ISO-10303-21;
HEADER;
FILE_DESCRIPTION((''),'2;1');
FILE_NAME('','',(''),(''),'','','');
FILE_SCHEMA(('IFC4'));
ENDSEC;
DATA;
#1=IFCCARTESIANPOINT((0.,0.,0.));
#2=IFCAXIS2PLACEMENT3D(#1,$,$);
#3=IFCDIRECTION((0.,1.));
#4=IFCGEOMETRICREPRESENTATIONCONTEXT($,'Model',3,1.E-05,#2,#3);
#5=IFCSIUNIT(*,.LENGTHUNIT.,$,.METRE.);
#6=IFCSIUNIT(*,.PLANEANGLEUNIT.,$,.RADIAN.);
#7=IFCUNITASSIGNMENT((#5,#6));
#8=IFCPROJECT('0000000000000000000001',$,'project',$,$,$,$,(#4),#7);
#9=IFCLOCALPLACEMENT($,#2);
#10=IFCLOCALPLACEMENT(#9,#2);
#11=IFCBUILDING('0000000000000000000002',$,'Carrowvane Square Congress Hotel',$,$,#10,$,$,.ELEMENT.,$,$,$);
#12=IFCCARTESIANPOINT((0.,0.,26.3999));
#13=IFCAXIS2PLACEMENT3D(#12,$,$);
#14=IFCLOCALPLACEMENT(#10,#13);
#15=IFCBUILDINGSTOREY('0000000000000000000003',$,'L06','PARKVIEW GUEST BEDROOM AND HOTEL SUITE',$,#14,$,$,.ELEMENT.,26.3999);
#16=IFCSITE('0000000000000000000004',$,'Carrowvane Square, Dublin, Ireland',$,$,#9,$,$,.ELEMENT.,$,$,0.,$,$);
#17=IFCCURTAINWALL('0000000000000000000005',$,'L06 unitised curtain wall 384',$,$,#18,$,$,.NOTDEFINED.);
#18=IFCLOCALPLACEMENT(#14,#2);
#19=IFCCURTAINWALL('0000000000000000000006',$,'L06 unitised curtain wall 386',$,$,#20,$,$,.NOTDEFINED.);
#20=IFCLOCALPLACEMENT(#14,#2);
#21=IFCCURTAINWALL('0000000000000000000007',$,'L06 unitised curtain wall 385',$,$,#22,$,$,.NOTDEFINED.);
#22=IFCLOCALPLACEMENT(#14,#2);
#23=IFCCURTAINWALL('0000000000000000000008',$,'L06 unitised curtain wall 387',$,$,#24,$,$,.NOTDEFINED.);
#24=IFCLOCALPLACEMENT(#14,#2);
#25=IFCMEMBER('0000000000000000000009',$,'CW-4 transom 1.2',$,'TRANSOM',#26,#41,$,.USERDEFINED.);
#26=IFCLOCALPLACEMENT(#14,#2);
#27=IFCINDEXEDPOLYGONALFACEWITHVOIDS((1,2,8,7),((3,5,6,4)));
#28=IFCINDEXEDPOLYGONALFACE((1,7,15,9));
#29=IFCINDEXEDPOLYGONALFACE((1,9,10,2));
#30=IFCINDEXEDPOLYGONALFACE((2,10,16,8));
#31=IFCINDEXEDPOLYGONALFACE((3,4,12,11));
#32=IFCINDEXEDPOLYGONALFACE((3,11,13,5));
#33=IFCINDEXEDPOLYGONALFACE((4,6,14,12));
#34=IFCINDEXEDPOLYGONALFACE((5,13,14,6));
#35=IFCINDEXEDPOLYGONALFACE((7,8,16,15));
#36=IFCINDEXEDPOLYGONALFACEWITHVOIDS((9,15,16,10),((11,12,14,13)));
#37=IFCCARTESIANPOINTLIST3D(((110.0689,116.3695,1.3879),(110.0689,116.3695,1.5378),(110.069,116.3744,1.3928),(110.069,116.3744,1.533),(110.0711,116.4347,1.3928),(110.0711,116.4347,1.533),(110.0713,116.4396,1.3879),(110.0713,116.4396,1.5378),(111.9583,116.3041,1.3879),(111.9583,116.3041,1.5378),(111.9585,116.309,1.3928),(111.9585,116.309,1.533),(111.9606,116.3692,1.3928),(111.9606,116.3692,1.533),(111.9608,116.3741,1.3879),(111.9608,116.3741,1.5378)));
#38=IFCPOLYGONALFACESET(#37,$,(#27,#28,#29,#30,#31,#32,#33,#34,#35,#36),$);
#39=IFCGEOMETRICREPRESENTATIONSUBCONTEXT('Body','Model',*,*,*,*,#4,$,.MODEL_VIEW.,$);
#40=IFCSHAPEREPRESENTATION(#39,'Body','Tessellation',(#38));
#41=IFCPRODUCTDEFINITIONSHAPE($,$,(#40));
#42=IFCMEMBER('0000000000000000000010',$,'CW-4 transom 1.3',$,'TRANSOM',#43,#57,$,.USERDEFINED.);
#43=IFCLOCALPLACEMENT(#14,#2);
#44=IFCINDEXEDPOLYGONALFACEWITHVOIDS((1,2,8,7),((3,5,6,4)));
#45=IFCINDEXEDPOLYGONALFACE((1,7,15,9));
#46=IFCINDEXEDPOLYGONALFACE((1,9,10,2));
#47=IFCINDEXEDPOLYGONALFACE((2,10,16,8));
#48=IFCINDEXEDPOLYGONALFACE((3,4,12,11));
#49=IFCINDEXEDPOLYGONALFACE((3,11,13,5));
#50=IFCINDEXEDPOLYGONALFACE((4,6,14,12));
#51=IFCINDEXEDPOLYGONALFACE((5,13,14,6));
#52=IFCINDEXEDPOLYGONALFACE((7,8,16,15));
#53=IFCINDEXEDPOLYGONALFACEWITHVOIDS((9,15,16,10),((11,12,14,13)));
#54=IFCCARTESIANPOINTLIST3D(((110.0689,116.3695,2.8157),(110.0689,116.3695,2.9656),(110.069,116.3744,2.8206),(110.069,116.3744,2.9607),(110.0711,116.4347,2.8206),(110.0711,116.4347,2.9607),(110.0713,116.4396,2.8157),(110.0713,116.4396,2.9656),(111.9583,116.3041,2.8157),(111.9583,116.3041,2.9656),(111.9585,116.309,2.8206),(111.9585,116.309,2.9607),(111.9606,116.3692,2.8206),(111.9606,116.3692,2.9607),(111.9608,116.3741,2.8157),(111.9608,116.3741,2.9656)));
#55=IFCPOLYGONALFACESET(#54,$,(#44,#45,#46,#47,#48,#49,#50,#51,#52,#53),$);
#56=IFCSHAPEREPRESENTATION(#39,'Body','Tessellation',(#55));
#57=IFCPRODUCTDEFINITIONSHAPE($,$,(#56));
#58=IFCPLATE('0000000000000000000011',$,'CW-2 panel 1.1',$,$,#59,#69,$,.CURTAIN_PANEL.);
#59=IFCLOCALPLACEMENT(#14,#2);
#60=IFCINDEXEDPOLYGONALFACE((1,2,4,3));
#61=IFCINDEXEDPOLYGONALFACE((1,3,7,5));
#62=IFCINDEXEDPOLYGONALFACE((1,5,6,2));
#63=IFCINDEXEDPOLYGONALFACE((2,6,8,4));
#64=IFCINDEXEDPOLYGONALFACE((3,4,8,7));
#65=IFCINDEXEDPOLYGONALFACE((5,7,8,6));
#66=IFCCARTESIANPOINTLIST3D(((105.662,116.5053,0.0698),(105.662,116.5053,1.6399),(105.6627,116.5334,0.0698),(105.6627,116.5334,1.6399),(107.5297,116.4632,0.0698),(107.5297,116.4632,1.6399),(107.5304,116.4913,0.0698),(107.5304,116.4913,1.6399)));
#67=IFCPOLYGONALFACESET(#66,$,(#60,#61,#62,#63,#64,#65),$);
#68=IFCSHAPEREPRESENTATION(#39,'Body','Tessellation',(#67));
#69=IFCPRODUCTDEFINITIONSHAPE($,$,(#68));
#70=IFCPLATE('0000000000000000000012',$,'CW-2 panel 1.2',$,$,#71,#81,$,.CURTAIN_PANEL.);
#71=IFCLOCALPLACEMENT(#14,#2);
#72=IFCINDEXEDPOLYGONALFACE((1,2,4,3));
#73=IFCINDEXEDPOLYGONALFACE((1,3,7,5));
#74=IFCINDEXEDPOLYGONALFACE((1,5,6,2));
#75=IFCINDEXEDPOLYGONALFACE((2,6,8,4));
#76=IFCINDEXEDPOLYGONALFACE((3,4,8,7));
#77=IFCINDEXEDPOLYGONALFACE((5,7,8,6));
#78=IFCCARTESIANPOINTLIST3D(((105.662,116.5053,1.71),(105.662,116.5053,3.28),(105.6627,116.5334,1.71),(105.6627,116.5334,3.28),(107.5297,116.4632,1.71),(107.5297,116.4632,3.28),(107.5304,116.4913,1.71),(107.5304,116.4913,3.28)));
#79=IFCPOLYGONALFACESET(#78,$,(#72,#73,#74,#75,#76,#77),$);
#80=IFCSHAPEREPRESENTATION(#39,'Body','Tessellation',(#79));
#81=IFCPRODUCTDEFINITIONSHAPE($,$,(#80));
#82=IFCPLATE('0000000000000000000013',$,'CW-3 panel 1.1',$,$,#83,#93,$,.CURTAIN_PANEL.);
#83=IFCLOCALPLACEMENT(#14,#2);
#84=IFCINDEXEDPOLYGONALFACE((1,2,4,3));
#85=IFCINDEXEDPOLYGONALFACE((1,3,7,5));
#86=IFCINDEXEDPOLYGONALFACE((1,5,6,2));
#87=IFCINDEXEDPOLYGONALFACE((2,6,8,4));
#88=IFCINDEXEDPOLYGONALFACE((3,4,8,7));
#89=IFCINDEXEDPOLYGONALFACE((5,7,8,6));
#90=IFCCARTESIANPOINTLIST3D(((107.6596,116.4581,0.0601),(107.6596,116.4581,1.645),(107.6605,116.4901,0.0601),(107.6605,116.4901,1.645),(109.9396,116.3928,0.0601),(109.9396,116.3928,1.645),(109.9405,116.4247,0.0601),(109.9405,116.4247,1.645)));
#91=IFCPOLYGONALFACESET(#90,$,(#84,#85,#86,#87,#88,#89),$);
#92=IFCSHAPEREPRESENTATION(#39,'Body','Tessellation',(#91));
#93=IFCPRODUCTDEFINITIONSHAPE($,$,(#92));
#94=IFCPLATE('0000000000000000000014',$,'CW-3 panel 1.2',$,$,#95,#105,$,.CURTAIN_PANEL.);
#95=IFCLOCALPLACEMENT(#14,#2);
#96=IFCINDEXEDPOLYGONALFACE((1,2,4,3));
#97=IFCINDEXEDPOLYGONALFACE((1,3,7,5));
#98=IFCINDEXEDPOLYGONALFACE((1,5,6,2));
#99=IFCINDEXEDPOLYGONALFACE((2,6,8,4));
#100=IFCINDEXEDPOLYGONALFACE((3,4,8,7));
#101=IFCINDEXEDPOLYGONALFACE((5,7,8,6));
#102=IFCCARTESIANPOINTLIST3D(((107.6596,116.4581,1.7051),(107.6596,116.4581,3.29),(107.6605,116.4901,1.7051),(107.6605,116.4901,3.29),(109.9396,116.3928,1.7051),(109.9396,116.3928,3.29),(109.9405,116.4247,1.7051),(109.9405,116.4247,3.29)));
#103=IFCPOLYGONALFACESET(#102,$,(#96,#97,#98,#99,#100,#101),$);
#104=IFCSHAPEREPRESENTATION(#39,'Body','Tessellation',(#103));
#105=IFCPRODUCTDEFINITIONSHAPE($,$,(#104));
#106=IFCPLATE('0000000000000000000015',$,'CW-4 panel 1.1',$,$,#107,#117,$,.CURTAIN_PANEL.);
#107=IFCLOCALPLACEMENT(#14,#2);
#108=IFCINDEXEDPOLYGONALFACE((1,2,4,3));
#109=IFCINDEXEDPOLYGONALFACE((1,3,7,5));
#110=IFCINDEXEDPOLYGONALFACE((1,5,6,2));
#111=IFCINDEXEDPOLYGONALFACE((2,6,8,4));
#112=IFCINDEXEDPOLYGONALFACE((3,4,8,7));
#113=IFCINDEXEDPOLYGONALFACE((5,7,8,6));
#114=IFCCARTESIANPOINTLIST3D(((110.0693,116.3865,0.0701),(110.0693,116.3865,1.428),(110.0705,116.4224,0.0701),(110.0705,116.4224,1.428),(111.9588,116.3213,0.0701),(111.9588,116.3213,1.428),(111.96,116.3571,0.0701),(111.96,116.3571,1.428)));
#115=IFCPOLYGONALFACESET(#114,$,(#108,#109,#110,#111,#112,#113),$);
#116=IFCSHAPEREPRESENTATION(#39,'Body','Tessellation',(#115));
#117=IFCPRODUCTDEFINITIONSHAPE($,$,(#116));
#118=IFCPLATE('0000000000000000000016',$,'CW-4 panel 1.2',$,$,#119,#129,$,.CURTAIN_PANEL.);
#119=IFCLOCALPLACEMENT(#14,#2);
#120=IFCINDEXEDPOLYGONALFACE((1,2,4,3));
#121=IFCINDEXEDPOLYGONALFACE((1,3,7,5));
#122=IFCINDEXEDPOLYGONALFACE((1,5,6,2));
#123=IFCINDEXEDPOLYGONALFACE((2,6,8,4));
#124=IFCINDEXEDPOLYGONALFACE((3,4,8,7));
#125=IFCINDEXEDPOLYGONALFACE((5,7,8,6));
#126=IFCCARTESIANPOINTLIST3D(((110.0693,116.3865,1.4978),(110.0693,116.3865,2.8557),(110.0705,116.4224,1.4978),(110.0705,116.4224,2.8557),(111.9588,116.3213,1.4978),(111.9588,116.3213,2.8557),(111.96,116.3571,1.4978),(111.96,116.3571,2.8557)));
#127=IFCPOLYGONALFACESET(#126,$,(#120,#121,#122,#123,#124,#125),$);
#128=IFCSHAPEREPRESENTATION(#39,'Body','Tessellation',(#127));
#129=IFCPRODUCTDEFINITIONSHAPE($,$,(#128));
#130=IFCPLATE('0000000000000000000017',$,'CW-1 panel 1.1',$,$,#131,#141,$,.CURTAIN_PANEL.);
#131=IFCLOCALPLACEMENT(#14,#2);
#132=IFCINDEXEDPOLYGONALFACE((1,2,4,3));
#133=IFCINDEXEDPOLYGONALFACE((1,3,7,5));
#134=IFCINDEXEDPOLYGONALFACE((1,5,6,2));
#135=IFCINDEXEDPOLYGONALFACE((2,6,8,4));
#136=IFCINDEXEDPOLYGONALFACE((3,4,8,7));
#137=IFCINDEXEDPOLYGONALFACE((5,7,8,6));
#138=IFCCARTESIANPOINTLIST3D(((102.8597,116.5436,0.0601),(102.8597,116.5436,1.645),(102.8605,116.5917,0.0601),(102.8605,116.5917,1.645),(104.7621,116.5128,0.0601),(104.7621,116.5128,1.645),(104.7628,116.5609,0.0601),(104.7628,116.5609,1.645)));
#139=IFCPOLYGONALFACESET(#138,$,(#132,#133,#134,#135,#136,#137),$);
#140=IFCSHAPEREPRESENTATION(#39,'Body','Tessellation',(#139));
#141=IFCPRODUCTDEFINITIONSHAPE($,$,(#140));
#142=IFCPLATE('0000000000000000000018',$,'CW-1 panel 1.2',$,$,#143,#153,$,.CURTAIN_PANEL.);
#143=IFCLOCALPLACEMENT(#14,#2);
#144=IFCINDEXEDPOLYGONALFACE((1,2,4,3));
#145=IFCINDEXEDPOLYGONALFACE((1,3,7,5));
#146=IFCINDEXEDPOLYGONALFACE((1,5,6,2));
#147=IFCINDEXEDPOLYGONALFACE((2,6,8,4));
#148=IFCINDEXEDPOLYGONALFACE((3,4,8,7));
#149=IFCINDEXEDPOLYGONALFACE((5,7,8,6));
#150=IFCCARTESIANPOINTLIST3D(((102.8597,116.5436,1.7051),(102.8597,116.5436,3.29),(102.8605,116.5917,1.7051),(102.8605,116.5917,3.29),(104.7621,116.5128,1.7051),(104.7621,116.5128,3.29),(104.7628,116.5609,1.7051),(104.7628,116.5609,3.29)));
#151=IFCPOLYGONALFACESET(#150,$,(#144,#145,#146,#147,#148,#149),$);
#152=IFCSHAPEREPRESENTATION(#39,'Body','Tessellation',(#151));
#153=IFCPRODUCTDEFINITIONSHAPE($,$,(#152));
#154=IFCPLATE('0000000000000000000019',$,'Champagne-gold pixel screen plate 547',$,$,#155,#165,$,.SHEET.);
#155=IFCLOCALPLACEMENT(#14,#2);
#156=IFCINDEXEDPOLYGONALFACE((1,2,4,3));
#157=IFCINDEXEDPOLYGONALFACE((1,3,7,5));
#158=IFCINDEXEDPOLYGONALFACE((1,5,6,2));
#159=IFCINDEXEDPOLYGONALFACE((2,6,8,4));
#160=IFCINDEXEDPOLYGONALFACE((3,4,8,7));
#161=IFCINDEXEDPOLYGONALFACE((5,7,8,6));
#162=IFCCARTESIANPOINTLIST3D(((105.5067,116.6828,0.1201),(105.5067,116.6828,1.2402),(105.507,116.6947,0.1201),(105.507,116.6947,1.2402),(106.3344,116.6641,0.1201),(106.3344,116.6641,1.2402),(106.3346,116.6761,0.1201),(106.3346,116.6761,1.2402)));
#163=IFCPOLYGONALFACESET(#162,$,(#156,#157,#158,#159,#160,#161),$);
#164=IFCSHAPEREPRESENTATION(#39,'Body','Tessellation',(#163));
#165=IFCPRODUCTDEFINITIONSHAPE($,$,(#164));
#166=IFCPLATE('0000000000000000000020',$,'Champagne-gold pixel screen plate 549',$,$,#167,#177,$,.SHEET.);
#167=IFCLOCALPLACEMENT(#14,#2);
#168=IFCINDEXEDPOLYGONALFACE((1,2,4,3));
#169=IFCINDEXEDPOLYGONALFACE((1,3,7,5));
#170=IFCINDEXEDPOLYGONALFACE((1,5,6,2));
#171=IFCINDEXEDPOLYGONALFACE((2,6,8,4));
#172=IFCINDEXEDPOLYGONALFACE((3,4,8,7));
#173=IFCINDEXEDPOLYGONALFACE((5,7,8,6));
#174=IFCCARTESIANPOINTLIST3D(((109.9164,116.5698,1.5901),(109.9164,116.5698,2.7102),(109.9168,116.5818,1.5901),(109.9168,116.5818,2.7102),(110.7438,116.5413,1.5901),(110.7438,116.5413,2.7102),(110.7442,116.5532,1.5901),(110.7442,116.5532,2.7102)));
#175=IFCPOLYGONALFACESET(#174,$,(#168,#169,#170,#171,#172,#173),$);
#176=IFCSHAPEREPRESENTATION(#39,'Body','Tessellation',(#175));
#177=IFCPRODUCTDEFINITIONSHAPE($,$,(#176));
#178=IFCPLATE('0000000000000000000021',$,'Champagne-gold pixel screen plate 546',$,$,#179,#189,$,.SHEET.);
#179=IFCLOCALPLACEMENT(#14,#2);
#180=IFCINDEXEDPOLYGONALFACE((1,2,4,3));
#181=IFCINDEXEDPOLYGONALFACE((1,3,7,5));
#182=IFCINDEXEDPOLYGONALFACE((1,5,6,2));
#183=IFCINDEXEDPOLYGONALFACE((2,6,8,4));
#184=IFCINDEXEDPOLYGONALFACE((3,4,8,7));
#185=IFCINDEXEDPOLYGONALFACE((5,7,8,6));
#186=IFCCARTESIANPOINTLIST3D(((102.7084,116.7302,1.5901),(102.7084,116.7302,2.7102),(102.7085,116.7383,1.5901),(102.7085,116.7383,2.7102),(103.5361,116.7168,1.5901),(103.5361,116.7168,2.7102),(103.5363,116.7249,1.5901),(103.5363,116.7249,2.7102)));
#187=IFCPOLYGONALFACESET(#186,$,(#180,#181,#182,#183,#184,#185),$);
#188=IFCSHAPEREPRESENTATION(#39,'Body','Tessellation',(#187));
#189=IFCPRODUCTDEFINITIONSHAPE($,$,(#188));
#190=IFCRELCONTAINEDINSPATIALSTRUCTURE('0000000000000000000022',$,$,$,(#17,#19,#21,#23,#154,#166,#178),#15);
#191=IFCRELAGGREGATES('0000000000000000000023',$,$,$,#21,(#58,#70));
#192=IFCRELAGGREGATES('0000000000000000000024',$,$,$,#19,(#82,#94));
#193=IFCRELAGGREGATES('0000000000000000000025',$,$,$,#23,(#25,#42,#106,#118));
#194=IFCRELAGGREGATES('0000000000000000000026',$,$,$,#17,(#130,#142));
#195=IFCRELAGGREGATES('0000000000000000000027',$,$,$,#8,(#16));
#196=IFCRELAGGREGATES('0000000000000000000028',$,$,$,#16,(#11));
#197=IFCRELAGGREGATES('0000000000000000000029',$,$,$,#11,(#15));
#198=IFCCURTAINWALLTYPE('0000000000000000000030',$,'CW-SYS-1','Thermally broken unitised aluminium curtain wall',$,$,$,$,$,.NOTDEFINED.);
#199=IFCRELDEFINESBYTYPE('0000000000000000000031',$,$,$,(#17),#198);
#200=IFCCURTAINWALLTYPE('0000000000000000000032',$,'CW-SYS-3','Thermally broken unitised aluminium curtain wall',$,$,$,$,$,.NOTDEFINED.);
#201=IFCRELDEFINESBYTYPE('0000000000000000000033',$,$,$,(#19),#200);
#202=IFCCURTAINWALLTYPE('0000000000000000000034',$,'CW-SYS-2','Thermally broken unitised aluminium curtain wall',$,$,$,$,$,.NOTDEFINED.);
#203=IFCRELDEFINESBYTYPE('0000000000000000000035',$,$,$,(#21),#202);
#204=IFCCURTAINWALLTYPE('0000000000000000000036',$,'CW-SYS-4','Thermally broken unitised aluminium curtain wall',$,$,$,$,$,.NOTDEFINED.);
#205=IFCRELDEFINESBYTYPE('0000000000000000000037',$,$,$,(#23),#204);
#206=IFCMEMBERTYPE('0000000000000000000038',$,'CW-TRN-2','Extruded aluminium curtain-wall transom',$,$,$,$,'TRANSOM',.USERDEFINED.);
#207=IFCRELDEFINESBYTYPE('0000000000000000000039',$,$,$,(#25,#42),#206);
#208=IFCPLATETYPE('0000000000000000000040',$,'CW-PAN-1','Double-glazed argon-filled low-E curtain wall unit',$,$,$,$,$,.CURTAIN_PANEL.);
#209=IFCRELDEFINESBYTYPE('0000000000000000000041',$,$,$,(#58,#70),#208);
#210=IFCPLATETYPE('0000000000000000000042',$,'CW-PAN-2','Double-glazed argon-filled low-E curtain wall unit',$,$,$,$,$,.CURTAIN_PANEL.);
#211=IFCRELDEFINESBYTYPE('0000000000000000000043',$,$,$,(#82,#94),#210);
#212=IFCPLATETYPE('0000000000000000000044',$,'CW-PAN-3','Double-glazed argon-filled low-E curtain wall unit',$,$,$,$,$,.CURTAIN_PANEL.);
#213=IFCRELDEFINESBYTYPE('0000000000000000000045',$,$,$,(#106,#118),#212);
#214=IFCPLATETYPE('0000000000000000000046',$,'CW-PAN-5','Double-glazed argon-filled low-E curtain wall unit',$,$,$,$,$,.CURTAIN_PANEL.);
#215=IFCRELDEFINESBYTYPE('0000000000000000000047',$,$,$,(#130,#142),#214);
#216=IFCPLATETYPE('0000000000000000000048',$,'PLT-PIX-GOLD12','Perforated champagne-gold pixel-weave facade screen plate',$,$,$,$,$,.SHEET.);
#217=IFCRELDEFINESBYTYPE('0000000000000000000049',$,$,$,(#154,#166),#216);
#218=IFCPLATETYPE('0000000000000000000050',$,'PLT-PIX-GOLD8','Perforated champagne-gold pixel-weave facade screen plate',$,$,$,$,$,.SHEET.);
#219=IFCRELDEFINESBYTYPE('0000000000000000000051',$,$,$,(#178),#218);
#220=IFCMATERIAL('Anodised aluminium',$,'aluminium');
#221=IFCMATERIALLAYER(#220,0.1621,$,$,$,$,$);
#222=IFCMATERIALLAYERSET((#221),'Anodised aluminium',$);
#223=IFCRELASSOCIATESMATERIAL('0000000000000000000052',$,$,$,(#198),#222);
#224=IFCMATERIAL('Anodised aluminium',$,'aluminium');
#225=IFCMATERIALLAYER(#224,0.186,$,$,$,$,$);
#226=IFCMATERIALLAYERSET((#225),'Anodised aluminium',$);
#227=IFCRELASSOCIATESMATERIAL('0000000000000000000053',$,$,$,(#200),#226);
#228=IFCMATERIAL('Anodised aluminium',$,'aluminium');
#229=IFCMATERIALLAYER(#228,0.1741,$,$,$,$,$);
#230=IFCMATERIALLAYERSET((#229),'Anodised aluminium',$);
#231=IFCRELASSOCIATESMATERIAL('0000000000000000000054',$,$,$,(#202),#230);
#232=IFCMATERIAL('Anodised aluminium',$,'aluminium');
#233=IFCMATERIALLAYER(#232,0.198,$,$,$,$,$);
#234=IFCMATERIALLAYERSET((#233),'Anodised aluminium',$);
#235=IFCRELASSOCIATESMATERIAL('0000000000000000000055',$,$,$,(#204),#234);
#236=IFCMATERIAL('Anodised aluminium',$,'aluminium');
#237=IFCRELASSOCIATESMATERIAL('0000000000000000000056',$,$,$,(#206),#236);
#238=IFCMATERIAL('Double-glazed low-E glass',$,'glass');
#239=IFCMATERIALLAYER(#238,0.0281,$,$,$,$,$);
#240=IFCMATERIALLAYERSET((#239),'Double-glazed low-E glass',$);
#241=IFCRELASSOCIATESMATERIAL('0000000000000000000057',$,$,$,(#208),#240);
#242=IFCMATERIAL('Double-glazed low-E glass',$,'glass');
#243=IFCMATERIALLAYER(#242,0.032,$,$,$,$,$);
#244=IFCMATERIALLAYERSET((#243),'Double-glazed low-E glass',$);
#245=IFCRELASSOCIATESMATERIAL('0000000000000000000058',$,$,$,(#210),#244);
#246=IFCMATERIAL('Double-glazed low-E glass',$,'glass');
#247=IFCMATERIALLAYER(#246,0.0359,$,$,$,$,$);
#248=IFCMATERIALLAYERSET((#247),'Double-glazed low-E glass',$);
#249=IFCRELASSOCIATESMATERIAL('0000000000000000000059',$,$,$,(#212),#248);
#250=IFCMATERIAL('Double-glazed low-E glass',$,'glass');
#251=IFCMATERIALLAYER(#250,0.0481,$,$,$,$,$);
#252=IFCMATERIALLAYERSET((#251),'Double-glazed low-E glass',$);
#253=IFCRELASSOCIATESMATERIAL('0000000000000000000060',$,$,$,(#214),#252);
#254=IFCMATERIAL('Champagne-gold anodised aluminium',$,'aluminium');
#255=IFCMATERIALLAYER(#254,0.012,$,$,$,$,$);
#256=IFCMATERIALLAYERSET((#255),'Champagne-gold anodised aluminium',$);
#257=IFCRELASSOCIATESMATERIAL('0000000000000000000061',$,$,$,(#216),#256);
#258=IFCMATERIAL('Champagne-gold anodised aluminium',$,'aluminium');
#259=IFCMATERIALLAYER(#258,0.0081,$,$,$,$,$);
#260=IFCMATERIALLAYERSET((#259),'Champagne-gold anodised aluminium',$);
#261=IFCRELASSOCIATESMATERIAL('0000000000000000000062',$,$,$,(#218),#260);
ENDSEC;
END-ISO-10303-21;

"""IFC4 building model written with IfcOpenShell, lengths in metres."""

from ifc_helpers import new_model, si_unit, direction, frame, origin, origin_2d, place, context, subcontext, project, spatial, rectangle, hollow_rectangle, extrude, material, layer, layer_set, material_profile, profile_set, type_object, element, aggregate, save


model = new_model("IFC4")

# Units and contexts
model_context = context("Model", 3, precision=1e-05, world=origin(), true_north=direction((0.0, 1.0)))
body_context = subcontext(model_context, "Body", "Model", "MODEL_VIEW")
ifc_project = project(units=[si_unit("LENGTHUNIT", "METRE"), si_unit("PLANEANGLEUNIT", "RADIAN")], contexts=[model_context])

# Site, building, storey
site_placement = place(None, origin())
site = spatial("IfcSite", under=ifc_project, at=site_placement, Name="Carrowvane Square, Dublin, Ireland", CompositionType="ELEMENT", RefElevation=0.0)
building_placement = place(site_placement, origin())
building = spatial("IfcBuilding", under=site, at=building_placement, Name="Carrowvane Square Congress Hotel", CompositionType="ELEMENT")
storey_placement = place(building_placement, frame((0.0, 0.0, 26.3999)))
storey = spatial("IfcBuildingStorey", under=building, at=storey_placement, Name="L06", Description="PARKVIEW GUEST BEDROOM AND HOTEL SUITE", CompositionType="ELEMENT", Elevation=26.3999)

# Curtain wall
ifc_material_1 = material(Name="Anodised aluminium", Category="aluminium")
ifc_layer_1 = layer(ifc_material_1, 0.1621)
ifc_layer_set_1 = layer_set([ifc_layer_1], Name="Anodised aluminium")
curtain_wall_type_1 = type_object("IfcCurtainWallType", Name="CW-SYS-1", Description="Thermally broken unitised aluminium curtain wall", PredefinedType="NOTDEFINED", material=ifc_layer_set_1)
curtain_wall_1_placement = place(storey_placement, origin())
curtain_wall_1 = element("IfcCurtainWall", 1, at=curtain_wall_1_placement, inside=storey, type_object=curtain_wall_type_1, Name="L06 unitised curtain wall 384", PredefinedType="NOTDEFINED")

# Curtain walls
ifc_material_2 = material(Name="Anodised aluminium", Category="aluminium")
ifc_layer_2 = layer(ifc_material_2, 0.186)
ifc_layer_set_2 = layer_set([ifc_layer_2], Name="Anodised aluminium")
curtain_wall_type_2 = type_object("IfcCurtainWallType", Name="CW-SYS-3", Description="Thermally broken unitised aluminium curtain wall", PredefinedType="NOTDEFINED", material=ifc_layer_set_2)
curtain_wall_2_placement = place(storey_placement, origin())
curtain_wall_2 = element("IfcCurtainWall", 2, at=curtain_wall_2_placement, inside=storey, type_object=curtain_wall_type_2, Name="L06 unitised curtain wall 386", PredefinedType="NOTDEFINED")
ifc_material_3 = material(Name="Anodised aluminium", Category="aluminium")
ifc_layer_3 = layer(ifc_material_3, 0.1741)
ifc_layer_set_3 = layer_set([ifc_layer_3], Name="Anodised aluminium")
curtain_wall_type_3 = type_object("IfcCurtainWallType", Name="CW-SYS-2", Description="Thermally broken unitised aluminium curtain wall", PredefinedType="NOTDEFINED", material=ifc_layer_set_3)
curtain_wall_3_placement = place(storey_placement, origin())
curtain_wall_3 = element("IfcCurtainWall", 3, at=curtain_wall_3_placement, inside=storey, type_object=curtain_wall_type_3, Name="L06 unitised curtain wall 385", PredefinedType="NOTDEFINED")
ifc_material_4 = material(Name="Anodised aluminium", Category="aluminium")
ifc_layer_4 = layer(ifc_material_4, 0.198)
ifc_layer_set_4 = layer_set([ifc_layer_4], Name="Anodised aluminium")
curtain_wall_type_4 = type_object("IfcCurtainWallType", Name="CW-SYS-4", Description="Thermally broken unitised aluminium curtain wall", PredefinedType="NOTDEFINED", material=ifc_layer_set_4)
curtain_wall_4_placement = place(storey_placement, origin())
curtain_wall_4 = element("IfcCurtainWall", 4, at=curtain_wall_4_placement, inside=storey, type_object=curtain_wall_type_4, Name="L06 unitised curtain wall 387", PredefinedType="NOTDEFINED")

# Members
ifc_material_5 = material(Name="Anodised aluminium", Category="aluminium")
ifc_material_profile_1 = material_profile(ifc_material_5, hollow_rectangle(XDim=0.0701, YDim=0.1499, WallThickness=0.0049, at=origin_2d()), Name="CW-TR 70x150x5")
ifc_profile_set_1 = profile_set([ifc_material_profile_1], Name="Anodised aluminium")
member_type_1 = type_object("IfcMemberType", Name="CW-TRN-2", Description="Extruded aluminium curtain-wall transom", ElementType="TRANSOM", PredefinedType="USERDEFINED", material=ifc_profile_set_1)
member_1_placement = place(storey_placement, frame((110.0701, 116.4045, 1.4629), z_axis=(0.999401, -0.034609, 0.0), x_axis=(0.034609, 0.999401, 0.0)))
member_1 = element("IfcMember", 5, at=member_1_placement, type_object=member_type_1, Name="CW-4 transom 1.2", ObjectType="TRANSOM", PredefinedType="USERDEFINED", context=body_context, shape_type="SweptSolid", body=[
    extrude(hollow_rectangle(XDim=0.0701, YDim=0.1499, WallThickness=0.0049, at=origin_2d()), origin(), (0.0, 0.0, 1.0), 1.8906),
])
member_2_placement = place(storey_placement, frame((110.0701, 116.4045, 2.8906), z_axis=(0.999401, -0.034609, 0.0), x_axis=(0.034609, 0.999401, 0.0)))
member_2 = element("IfcMember", 6, at=member_2_placement, type_object=member_type_1, Name="CW-4 transom 1.3", ObjectType="TRANSOM", PredefinedType="USERDEFINED", context=body_context, shape_type="SweptSolid", body=[
    extrude(hollow_rectangle(XDim=0.0701, YDim=0.1499, WallThickness=0.0049, at=origin_2d()), origin(), (0.0, 0.0, 1.0), 1.8906),
])

# Plates
ifc_material_6 = material(Name="Double-glazed low-E glass", Category="glass")
ifc_layer_5 = layer(ifc_material_6, 0.0281)
ifc_layer_set_5 = layer_set([ifc_layer_5], Name="Double-glazed low-E glass")
plate_type_1 = type_object("IfcPlateType", Name="CW-PAN-1", Description="Double-glazed argon-filled low-E curtain wall unit", PredefinedType="CURTAIN_PANEL", material=ifc_layer_set_5)
plate_1_placement = place(storey_placement, frame((106.5962, 116.4983, 0.0698), z_axis=(0.0, 0.0, 1.0), x_axis=(0.999746, -0.022518, 0.0)))
plate_1 = element("IfcPlate", 7, at=plate_1_placement, type_object=plate_type_1, Name="CW-2 panel 1.1", PredefinedType="CURTAIN_PANEL", context=body_context, shape_type="SweptSolid", body=[
    extrude(rectangle(XDim=1.8682, YDim=0.0281, at=origin_2d()), origin(), (0.0, 0.0, 1.0), 1.5701),
])
plate_2_placement = place(storey_placement, frame((106.5962, 116.4983, 1.71), z_axis=(0.0, 0.0, 1.0), x_axis=(0.999746, -0.022518, 0.0)))
plate_2 = element("IfcPlate", 8, at=plate_2_placement, type_object=plate_type_1, Name="CW-2 panel 1.2", PredefinedType="CURTAIN_PANEL", context=body_context, shape_type="SweptSolid", body=[
    extrude(rectangle(XDim=1.8682, YDim=0.0281, at=origin_2d()), origin(), (0.0, 0.0, 1.0), 1.5701),
])
aggregate(curtain_wall_3, [plate_1, plate_2])
ifc_material_7 = material(Name="Double-glazed low-E glass", Category="glass")
ifc_layer_6 = layer(ifc_material_7, 0.032)
ifc_layer_set_6 = layer_set([ifc_layer_6], Name="Double-glazed low-E glass")
plate_type_2 = type_object("IfcPlateType", Name="CW-PAN-2", Description="Double-glazed argon-filled low-E curtain wall unit", PredefinedType="CURTAIN_PANEL", material=ifc_layer_set_6)
plate_3_placement = place(storey_placement, frame((108.8, 116.4414, 0.0601), z_axis=(0.0, 0.0, 1.0), x_axis=(0.99959, -0.028638, 0.0)))
plate_3 = element("IfcPlate", 9, at=plate_3_placement, type_object=plate_type_2, Name="CW-3 panel 1.1", PredefinedType="CURTAIN_PANEL", context=body_context, shape_type="SweptSolid", body=[
    extrude(rectangle(XDim=2.281, YDim=0.032, at=origin_2d()), origin(), (0.0, 0.0, 1.0), 1.585),
])
plate_4_placement = place(storey_placement, frame((108.8, 116.4414, 1.7051), z_axis=(0.0, 0.0, 1.0), x_axis=(0.99959, -0.028638, 0.0)))
plate_4 = element("IfcPlate", 10, at=plate_4_placement, type_object=plate_type_2, Name="CW-3 panel 1.2", PredefinedType="CURTAIN_PANEL", context=body_context, shape_type="SweptSolid", body=[
    extrude(rectangle(XDim=2.281, YDim=0.032, at=origin_2d()), origin(), (0.0, 0.0, 1.0), 1.585),
])
aggregate(curtain_wall_2, [plate_3, plate_4])
ifc_material_8 = material(Name="Double-glazed low-E glass", Category="glass")
ifc_layer_7 = layer(ifc_material_8, 0.0359)
ifc_layer_set_7 = layer_set([ifc_layer_7], Name="Double-glazed low-E glass")
plate_type_3 = type_object("IfcPlateType", Name="CW-PAN-3", Description="Double-glazed argon-filled low-E curtain wall unit", PredefinedType="CURTAIN_PANEL", material=ifc_layer_set_7)
plate_5_placement = place(storey_placement, frame((111.0146, 116.3718, 0.0701), z_axis=(0.0, 0.0, 1.0), x_axis=(0.999404, -0.03453, 0.0)))
plate_5 = element("IfcPlate", 11, at=plate_5_placement, type_object=plate_type_3, Name="CW-4 panel 1.1", PredefinedType="CURTAIN_PANEL", context=body_context, shape_type="SweptSolid", body=[
    extrude(rectangle(XDim=1.8906, YDim=0.0359, at=origin_2d()), origin(), (0.0, 0.0, 1.0), 1.3579),
])
plate_6_placement = place(storey_placement, frame((111.0146, 116.3718, 1.4978), z_axis=(0.0, 0.0, 1.0), x_axis=(0.999404, -0.03453, 0.0)))
plate_6 = element("IfcPlate", 12, at=plate_6_placement, type_object=plate_type_3, Name="CW-4 panel 1.2", PredefinedType="CURTAIN_PANEL", context=body_context, shape_type="SweptSolid", body=[
    extrude(rectangle(XDim=1.8906, YDim=0.0359, at=origin_2d()), origin(), (0.0, 0.0, 1.0), 1.3579),
])
aggregate(curtain_wall_4, [member_1, member_2, plate_5, plate_6])
ifc_material_9 = material(Name="Double-glazed low-E glass", Category="glass")
ifc_layer_8 = layer(ifc_material_9, 0.0481)
ifc_layer_set_8 = layer_set([ifc_layer_8], Name="Double-glazed low-E glass")
plate_type_4 = type_object("IfcPlateType", Name="CW-PAN-5", Description="Double-glazed argon-filled low-E curtain wall unit", PredefinedType="CURTAIN_PANEL", material=ifc_layer_set_8)
plate_7_placement = place(storey_placement, frame((103.8113, 116.5522, 0.0601), z_axis=(0.0, 0.0, 1.0), x_axis=(0.999869, -0.016216, 0.0)))
plate_7 = element("IfcPlate", 13, at=plate_7_placement, type_object=plate_type_4, Name="CW-1 panel 1.1", PredefinedType="CURTAIN_PANEL", context=body_context, shape_type="SweptSolid", body=[
    extrude(rectangle(XDim=1.9026, YDim=0.0481, at=origin_2d()), origin(), (0.0, 0.0, 1.0), 1.585),
])
plate_8_placement = place(storey_placement, frame((103.8113, 116.5522, 1.7051), z_axis=(0.0, 0.0, 1.0), x_axis=(0.999869, -0.016216, 0.0)))
plate_8 = element("IfcPlate", 14, at=plate_8_placement, type_object=plate_type_4, Name="CW-1 panel 1.2", PredefinedType="CURTAIN_PANEL", context=body_context, shape_type="SweptSolid", body=[
    extrude(rectangle(XDim=1.9026, YDim=0.0481, at=origin_2d()), origin(), (0.0, 0.0, 1.0), 1.585),
])
aggregate(curtain_wall_1, [plate_7, plate_8])

# Plates
ifc_material_10 = material(Name="Champagne-gold anodised aluminium", Category="aluminium")
ifc_layer_9 = layer(ifc_material_10, 0.012)
ifc_layer_set_9 = layer_set([ifc_layer_9], Name="Champagne-gold anodised aluminium")
plate_type_5 = type_object("IfcPlateType", Name="PLT-PIX-GOLD12", Description="Perforated champagne-gold pixel-weave facade screen plate", PredefinedType="SHEET", material=ifc_layer_set_9)
for number, where, z_axis, x_axis, name in (
    (15, (105.9207, 116.6794, 0.1201), (0.0, 0.0, 1.0), (0.999746, -0.022519, 0.0), "Champagne-gold pixel screen plate 547"),
    (16, (110.3303, 116.5615, 1.5901), (0.0, 0.0, 1.0), (0.999404, -0.034527, 0.0), "Champagne-gold pixel screen plate 549"),
):
    element("IfcPlate", number, at=place(storey_placement, frame(where, z_axis=z_axis, x_axis=x_axis)), inside=storey, type_object=plate_type_5, Name=name, PredefinedType="SHEET", context=body_context, shape_type="SweptSolid", body=[
        extrude(rectangle(XDim=0.8279, YDim=0.012, at=origin_2d()), origin(), (0.0, 0.0, 1.0), 1.1201),
    ])
ifc_material_11 = material(Name="Champagne-gold anodised aluminium", Category="aluminium")
ifc_layer_10 = layer(ifc_material_11, 0.0081)
ifc_layer_set_10 = layer_set([ifc_layer_10], Name="Champagne-gold anodised aluminium")
plate_type_6 = type_object("IfcPlateType", Name="PLT-PIX-GOLD8", Description="Perforated champagne-gold pixel-weave facade screen plate", PredefinedType="SHEET", material=ifc_layer_set_10)
for number, where, z_axis, x_axis, name in (
    (17, (103.1223, 116.7275, 1.5901), (0.0, 0.0, 1.0), (0.999869, -0.016216, 0.0), "Champagne-gold pixel screen plate 546"),
):
    element("IfcPlate", number, at=place(storey_placement, frame(where, z_axis=z_axis, x_axis=x_axis)), inside=storey, type_object=plate_type_6, Name=name, PredefinedType="SHEET", context=body_context, shape_type="SweptSolid", body=[
        extrude(rectangle(XDim=0.8279, YDim=0.0081, at=origin_2d()), origin(), (0.0, 0.0, 1.0), 1.1201),
    ])

save(model, "model.ifc")
